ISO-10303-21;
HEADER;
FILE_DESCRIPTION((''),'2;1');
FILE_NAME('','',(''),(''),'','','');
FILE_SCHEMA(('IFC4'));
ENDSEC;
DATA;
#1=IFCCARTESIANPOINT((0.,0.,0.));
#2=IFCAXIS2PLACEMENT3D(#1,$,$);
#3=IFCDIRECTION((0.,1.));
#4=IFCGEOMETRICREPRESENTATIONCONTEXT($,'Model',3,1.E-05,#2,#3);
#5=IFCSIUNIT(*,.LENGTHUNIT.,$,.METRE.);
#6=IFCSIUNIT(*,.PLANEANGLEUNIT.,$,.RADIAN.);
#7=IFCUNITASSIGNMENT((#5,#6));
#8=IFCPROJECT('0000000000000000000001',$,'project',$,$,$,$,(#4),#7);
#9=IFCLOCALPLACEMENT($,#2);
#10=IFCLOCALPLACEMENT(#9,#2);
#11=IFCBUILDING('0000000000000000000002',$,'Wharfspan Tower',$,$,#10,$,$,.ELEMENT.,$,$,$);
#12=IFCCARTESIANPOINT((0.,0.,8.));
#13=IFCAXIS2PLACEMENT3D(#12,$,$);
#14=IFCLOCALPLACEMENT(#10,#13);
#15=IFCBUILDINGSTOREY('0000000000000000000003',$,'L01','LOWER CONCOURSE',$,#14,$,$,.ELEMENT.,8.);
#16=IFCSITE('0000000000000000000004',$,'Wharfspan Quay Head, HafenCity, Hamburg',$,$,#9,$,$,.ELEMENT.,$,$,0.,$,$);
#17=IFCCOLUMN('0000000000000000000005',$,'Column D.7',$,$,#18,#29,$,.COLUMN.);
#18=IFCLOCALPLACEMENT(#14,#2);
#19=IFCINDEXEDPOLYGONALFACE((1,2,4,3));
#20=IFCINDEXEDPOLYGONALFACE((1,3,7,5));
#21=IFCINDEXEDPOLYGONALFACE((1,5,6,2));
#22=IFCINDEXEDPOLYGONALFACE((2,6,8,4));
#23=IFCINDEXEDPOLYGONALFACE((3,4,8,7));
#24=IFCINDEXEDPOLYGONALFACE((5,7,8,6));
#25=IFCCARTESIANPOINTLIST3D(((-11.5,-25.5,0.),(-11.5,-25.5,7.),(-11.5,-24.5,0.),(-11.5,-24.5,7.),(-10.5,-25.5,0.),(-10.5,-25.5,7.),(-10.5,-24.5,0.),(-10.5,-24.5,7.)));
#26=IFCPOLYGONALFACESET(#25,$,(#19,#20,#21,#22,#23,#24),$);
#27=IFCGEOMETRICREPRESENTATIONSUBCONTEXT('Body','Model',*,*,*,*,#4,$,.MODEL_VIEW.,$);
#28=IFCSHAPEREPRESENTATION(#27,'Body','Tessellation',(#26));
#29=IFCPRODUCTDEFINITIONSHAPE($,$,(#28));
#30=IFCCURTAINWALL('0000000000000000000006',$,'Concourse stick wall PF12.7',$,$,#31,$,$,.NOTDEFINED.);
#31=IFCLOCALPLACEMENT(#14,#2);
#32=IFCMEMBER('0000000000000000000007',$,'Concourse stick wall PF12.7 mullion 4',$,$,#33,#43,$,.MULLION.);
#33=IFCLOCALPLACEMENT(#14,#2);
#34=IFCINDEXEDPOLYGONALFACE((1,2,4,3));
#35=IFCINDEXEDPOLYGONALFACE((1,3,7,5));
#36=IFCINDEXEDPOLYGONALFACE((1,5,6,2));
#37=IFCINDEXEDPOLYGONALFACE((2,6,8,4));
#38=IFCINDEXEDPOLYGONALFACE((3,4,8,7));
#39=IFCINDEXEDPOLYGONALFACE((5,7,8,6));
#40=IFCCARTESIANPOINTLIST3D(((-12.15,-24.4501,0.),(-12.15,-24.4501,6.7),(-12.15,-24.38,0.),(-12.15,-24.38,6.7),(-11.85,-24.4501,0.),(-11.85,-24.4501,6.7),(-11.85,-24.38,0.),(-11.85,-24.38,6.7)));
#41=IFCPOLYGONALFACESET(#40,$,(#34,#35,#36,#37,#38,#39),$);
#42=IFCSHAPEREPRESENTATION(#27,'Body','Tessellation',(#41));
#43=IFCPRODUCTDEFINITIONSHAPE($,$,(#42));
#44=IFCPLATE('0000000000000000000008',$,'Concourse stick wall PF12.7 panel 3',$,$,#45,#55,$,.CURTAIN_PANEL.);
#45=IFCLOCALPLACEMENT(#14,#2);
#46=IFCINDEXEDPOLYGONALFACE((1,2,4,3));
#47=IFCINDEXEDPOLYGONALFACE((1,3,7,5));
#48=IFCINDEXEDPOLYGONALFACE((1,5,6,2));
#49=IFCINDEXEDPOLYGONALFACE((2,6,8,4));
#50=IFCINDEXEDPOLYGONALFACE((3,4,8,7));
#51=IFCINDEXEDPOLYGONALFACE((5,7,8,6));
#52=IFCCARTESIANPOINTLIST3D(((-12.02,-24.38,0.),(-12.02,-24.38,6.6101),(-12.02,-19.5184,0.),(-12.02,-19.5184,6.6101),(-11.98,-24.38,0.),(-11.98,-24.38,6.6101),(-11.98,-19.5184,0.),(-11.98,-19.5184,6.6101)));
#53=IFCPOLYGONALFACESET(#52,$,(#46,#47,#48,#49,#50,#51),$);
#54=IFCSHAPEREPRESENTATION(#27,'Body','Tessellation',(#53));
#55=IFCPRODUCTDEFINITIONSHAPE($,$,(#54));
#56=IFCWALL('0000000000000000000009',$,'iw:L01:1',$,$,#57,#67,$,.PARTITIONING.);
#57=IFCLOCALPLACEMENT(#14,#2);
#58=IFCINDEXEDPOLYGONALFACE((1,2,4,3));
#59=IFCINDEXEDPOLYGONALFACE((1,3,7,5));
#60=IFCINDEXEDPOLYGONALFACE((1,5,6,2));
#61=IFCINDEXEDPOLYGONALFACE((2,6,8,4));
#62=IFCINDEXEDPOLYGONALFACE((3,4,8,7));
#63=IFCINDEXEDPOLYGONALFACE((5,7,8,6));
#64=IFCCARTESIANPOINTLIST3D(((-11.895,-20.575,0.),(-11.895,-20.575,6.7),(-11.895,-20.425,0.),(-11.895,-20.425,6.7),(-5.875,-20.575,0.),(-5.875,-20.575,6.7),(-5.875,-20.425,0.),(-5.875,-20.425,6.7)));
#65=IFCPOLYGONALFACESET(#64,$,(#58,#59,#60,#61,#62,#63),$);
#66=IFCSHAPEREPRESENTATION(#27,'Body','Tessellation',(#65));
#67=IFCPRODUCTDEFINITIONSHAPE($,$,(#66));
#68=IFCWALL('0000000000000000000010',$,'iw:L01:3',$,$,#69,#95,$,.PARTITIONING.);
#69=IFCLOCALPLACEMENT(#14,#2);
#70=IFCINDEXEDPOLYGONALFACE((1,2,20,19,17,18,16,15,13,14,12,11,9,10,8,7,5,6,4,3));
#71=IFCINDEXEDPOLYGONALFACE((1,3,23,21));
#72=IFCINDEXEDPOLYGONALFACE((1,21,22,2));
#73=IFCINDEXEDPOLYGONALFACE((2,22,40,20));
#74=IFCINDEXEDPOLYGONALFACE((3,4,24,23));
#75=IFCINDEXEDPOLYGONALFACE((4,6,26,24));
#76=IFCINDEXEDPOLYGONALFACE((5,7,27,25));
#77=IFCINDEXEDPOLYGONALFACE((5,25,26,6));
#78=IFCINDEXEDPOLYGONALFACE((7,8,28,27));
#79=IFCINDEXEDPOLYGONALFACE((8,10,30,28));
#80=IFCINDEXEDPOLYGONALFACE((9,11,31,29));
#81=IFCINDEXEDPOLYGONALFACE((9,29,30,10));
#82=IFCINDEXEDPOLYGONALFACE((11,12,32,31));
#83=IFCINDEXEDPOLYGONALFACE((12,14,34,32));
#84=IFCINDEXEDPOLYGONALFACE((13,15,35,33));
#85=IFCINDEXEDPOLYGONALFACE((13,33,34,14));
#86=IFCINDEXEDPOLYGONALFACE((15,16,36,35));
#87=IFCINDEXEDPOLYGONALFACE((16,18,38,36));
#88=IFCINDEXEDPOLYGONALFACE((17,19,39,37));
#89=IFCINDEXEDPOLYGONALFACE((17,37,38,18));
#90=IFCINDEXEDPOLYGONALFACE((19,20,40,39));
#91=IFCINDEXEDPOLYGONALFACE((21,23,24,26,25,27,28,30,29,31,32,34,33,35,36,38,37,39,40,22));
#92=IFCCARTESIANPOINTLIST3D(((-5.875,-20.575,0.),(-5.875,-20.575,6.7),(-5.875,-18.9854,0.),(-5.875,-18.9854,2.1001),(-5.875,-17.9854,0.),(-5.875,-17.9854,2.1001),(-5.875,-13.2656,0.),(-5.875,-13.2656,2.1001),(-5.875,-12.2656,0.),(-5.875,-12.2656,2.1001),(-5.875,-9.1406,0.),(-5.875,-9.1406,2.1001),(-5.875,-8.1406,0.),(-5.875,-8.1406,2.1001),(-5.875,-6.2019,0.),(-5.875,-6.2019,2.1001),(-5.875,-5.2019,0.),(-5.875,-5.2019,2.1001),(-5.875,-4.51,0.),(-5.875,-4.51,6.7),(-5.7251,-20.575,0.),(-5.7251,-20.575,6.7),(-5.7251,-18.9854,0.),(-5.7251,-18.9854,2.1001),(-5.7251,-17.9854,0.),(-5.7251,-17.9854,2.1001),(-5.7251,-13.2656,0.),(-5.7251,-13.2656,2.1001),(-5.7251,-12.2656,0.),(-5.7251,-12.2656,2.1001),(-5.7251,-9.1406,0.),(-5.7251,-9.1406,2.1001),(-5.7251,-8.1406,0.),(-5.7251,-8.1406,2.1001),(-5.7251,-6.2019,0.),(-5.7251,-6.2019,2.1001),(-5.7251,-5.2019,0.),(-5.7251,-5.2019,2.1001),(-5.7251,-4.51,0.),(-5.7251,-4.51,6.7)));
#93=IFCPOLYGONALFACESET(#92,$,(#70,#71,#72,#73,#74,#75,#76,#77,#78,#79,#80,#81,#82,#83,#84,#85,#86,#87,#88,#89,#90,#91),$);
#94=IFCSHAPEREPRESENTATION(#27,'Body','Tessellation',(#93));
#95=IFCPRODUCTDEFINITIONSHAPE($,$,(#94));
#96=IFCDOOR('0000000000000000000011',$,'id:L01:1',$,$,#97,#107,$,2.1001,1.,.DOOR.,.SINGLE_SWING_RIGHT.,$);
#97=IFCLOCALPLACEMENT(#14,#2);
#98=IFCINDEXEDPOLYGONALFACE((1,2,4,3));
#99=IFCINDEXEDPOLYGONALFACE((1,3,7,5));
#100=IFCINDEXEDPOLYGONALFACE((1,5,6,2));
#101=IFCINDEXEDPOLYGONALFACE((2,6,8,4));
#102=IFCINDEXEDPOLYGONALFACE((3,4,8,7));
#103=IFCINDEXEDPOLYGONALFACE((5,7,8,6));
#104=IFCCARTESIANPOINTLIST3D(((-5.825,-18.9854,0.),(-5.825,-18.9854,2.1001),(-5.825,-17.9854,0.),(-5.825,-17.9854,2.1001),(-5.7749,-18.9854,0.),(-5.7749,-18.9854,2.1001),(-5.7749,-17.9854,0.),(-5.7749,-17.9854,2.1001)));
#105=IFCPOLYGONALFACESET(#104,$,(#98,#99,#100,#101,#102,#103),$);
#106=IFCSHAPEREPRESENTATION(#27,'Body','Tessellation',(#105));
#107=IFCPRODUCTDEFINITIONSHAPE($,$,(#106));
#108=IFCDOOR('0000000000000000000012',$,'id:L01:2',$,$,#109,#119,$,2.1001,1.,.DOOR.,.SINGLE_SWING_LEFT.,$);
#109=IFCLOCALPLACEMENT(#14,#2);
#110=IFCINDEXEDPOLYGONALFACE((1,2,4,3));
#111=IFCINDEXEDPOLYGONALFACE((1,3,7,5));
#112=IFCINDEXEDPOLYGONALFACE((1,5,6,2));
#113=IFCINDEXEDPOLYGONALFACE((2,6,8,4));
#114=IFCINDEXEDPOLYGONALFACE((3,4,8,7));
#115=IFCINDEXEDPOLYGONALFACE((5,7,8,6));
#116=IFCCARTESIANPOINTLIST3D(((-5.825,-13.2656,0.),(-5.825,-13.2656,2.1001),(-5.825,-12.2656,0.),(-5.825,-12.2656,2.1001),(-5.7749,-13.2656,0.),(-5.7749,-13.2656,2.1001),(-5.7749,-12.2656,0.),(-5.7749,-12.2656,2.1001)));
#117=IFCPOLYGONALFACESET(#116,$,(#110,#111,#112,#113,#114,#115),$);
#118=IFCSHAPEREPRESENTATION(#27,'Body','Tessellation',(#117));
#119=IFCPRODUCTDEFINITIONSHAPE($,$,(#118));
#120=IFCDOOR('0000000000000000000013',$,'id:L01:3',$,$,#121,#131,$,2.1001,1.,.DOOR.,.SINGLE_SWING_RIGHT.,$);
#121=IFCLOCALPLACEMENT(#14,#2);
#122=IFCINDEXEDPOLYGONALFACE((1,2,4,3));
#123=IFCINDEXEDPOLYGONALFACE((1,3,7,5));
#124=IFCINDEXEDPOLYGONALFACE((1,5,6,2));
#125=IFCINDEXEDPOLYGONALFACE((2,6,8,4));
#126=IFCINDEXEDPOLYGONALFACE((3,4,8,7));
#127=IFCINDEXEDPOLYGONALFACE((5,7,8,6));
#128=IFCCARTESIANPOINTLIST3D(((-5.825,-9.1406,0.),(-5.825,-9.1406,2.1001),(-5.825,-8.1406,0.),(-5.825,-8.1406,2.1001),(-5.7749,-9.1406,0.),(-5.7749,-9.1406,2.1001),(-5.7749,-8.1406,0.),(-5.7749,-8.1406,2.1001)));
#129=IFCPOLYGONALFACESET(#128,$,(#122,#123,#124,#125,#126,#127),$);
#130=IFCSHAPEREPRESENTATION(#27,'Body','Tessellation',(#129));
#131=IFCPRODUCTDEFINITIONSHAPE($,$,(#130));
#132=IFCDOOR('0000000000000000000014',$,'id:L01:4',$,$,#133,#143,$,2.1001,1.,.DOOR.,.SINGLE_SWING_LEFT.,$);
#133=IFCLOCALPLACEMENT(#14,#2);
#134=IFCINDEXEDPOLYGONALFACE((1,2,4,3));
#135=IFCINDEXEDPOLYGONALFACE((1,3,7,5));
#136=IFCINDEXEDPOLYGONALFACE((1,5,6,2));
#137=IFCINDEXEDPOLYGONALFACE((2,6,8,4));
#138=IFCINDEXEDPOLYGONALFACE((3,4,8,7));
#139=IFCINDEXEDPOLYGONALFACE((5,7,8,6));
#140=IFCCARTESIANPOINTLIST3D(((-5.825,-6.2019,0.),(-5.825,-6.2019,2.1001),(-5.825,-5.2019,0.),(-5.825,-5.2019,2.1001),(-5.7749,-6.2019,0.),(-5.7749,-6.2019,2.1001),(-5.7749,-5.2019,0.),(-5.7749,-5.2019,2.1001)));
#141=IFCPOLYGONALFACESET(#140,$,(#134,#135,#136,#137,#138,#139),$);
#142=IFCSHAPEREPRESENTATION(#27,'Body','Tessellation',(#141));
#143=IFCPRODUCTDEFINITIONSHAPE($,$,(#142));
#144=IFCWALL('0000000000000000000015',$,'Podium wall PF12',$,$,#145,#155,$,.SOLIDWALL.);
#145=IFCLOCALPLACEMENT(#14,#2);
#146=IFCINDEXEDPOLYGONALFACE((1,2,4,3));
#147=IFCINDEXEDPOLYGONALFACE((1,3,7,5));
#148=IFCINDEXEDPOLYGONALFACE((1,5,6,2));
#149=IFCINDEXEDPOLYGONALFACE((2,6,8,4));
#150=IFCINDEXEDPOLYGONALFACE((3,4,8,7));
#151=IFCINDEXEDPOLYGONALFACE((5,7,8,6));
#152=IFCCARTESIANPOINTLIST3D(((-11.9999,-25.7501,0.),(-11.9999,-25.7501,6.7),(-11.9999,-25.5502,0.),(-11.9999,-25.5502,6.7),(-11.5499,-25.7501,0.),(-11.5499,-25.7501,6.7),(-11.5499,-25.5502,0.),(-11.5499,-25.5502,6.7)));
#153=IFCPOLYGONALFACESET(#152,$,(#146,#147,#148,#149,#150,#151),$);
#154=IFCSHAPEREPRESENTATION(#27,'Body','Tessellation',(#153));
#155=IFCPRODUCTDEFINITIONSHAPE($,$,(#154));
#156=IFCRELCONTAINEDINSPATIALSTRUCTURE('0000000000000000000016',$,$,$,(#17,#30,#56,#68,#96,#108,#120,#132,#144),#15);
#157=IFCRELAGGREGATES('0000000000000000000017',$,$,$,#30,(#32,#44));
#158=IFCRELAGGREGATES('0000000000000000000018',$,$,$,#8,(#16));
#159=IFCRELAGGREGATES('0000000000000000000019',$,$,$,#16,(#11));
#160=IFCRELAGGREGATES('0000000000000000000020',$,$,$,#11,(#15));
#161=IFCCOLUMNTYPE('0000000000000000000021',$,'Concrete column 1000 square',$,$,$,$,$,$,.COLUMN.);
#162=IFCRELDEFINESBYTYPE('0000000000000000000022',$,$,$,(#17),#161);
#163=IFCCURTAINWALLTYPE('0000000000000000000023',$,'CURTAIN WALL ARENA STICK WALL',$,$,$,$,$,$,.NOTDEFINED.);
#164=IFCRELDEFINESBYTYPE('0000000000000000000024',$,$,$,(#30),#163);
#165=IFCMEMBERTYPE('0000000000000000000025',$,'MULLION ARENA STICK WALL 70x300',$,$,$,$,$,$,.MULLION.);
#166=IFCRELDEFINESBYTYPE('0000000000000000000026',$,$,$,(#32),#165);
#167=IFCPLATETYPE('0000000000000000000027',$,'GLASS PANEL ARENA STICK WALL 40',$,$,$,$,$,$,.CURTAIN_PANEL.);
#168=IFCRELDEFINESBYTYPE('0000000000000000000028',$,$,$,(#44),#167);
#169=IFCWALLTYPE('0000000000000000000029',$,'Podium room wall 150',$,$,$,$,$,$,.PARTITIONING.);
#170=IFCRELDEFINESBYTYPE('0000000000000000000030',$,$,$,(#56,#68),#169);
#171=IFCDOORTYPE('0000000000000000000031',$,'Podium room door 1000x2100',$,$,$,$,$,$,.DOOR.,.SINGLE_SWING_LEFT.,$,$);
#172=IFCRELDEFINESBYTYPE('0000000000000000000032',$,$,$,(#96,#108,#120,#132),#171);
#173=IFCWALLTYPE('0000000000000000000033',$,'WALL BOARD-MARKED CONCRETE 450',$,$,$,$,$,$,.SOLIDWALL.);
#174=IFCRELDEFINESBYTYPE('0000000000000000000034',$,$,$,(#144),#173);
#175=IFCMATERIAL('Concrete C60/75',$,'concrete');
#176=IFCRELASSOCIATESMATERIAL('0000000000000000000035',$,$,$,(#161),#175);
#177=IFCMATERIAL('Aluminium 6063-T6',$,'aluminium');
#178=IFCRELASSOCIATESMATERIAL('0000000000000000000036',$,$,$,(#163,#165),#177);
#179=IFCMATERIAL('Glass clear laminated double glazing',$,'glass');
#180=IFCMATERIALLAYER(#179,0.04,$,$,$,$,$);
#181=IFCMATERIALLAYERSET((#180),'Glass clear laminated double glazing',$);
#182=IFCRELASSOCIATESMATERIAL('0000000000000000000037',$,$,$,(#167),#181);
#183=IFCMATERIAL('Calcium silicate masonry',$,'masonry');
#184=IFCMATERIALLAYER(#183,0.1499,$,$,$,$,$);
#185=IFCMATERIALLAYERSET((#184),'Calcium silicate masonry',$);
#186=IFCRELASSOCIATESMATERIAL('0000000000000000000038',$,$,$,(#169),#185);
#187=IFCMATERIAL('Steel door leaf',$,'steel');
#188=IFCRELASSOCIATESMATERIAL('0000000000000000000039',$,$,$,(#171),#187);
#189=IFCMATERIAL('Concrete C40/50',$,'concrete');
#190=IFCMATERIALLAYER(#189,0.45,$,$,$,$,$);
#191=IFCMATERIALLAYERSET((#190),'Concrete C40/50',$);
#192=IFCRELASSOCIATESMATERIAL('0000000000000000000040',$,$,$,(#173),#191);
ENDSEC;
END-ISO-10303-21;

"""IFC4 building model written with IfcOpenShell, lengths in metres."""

from ifc_helpers import new_model, si_unit, direction, frame, frame_2d, origin, origin_2d, place, context, subcontext, project, spatial, rectangle, extrude, material, layer, layer_set, material_profile, profile_set, type_object, element, fill, aggregate, save


model = new_model("IFC4")

# Units and contexts
model_context = context("Model", 3, precision=1e-05, world=origin(), true_north=direction((0.0, 1.0)))
body_context = subcontext(model_context, "Body", "Model", "MODEL_VIEW")
ifc_project = project(units=[si_unit("LENGTHUNIT", "METRE"), si_unit("PLANEANGLEUNIT", "RADIAN")], contexts=[model_context])

# Site, building, storey
site_placement = place(None, origin())
site = spatial("IfcSite", under=ifc_project, at=site_placement, Name="Wharfspan Quay Head, HafenCity, Hamburg", CompositionType="ELEMENT", RefElevation=0.0)
building_placement = place(site_placement, origin())
building = spatial("IfcBuilding", under=site, at=building_placement, Name="Wharfspan Tower", CompositionType="ELEMENT")
storey_placement = place(building_placement, frame((0.0, 0.0, 8.0)))
storey = spatial("IfcBuildingStorey", under=building, at=storey_placement, Name="L01", Description="LOWER CONCOURSE", CompositionType="ELEMENT", Elevation=8.0)

# Column
ifc_material_1 = material(Name="Concrete C60/75", Category="concrete")
ifc_material_profile_1 = material_profile(ifc_material_1, rectangle(XDim=1.0, YDim=1.0, at=origin_2d()))
ifc_profile_set_1 = profile_set([ifc_material_profile_1], Name="Concrete C60/75")
column_type = type_object("IfcColumnType", Name="Concrete column 1000 square", PredefinedType="COLUMN", material=ifc_profile_set_1)
column_placement = place(storey_placement, frame((-11.0, -25.0, 0.0), z_axis=(0.0, 0.0, 1.0), x_axis=(1.0, 0.0, 0.0)))
element("IfcColumn", 1, at=column_placement, inside=storey, type_object=column_type, Name="Column D.7", PredefinedType="COLUMN", context=body_context, shape_type="SweptSolid", body=[
    extrude(rectangle(XDim=1.0, YDim=1.0, at=origin_2d()), origin(), (0.0, 0.0, 1.0), 7.0),
])

# Curtain wall, member, plate
ifc_material_2 = material(Name="Aluminium 6063-T6", Category="aluminium")
curtain_wall_type = type_object("IfcCurtainWallType", Name="CURTAIN WALL ARENA STICK WALL", PredefinedType="NOTDEFINED", material=ifc_material_2)
curtain_wall_placement = place(storey_placement, origin())
curtain_wall = element("IfcCurtainWall", 2, at=curtain_wall_placement, inside=storey, type_object=curtain_wall_type, Name="Concourse stick wall PF12.7", PredefinedType="NOTDEFINED")
ifc_material_profile_2 = material_profile(ifc_material_2, rectangle(XDim=0.3, YDim=0.0701, at=origin_2d()))
ifc_profile_set_2 = profile_set([ifc_material_profile_2], Name="Aluminium 6063-T6")
member_type = type_object("IfcMemberType", Name="MULLION ARENA STICK WALL 70x300", PredefinedType="MULLION", material=ifc_profile_set_2)
member_placement = place(storey_placement, frame((-12.0, -24.415, 0.0), z_axis=(0.0, 0.0, 1.0), x_axis=(1.0, 0.0, 0.0)))
member = element("IfcMember", 3, at=member_placement, type_object=member_type, Name="Concourse stick wall PF12.7 mullion 4", PredefinedType="MULLION", context=body_context, shape_type="SweptSolid", body=[
    extrude(rectangle(XDim=0.3, YDim=0.0701, at=origin_2d()), origin(), (0.0, 0.0, 1.0), 6.7),
])
ifc_material_3 = material(Name="Glass clear laminated double glazing", Category="glass")
ifc_layer_1 = layer(ifc_material_3, 0.04)
ifc_layer_set_1 = layer_set([ifc_layer_1], Name="Glass clear laminated double glazing")
plate_type = type_object("IfcPlateType", Name="GLASS PANEL ARENA STICK WALL 40", PredefinedType="CURTAIN_PANEL", material=ifc_layer_set_1)
plate_placement = place(storey_placement, frame((-12.0, -21.9492, 0.0), z_axis=(0.0, 0.0, 1.0), x_axis=(0.0, -1.0, 0.0)))
plate = element("IfcPlate", 4, at=plate_placement, type_object=plate_type, Name="Concourse stick wall PF12.7 panel 3", PredefinedType="CURTAIN_PANEL", context=body_context, shape_type="SweptSolid", body=[
    extrude(rectangle(XDim=4.8616, YDim=0.04, at=origin_2d()), origin(), (0.0, 0.0, 1.0), 6.6101),
])
aggregate(curtain_wall, [member, plate])

# Wall
ifc_material_4 = material(Name="Calcium silicate masonry", Category="masonry")
ifc_layer_2 = layer(ifc_material_4, 0.1499)
ifc_layer_set_2 = layer_set([ifc_layer_2], Name="Calcium silicate masonry")
wall_type_1 = type_object("IfcWallType", Name="Podium room wall 150", PredefinedType="PARTITIONING", material=ifc_layer_set_2)
wall_1_placement = place(storey_placement, frame((-11.895, -20.5, 0.0), z_axis=(0.0, 0.0, 1.0), x_axis=(1.0, 0.0, 0.0)))
element("IfcWall", 5, at=wall_1_placement, inside=storey, type_object=wall_type_1, Name="iw:L01:1", PredefinedType="PARTITIONING", context=body_context, shape_type="SweptSolid", body=[
    extrude(rectangle(XDim=6.02, YDim=0.1499, at=frame_2d((3.01, 0.0))), origin(), (0.0, 0.0, 1.0), 6.7),
])

# Wall, openings, doors
wall_2_placement = place(storey_placement, frame((-5.8, -20.575, 0.0), z_axis=(0.0, 0.0, 1.0), x_axis=(0.0, 1.0, 0.0)))
wall_2 = element("IfcWall", 6, at=wall_2_placement, inside=storey, type_object=wall_type_1, Name="iw:L01:3", PredefinedType="PARTITIONING", context=body_context, shape_type="SweptSolid", body=[
    extrude(rectangle(XDim=16.0649, YDim=0.1499, at=frame_2d((8.0325, 0.0))), origin(), (0.0, 0.0, 1.0), 6.7),
])
opening_1_placement = place(wall_2_placement, frame((1.5896, 0.0, 0.0)))
opening_1 = element("IfcOpeningElement", 7, at=opening_1_placement, cuts=wall_2, PredefinedType="OPENING", context=body_context, shape_type="SweptSolid", body=[
    extrude(rectangle(XDim=1.0, YDim=2.1001, at=frame_2d((0.5, 1.05))), frame((0.0, 0.085, 0.0), z_axis=(0.0, -1.0, 0.0), x_axis=(1.0, 0.0, 0.0)), (0.0, 0.0, 1.0), 0.1699),
])
opening_2_placement = place(wall_2_placement, frame((7.3093, 0.0, 0.0)))
opening_2 = element("IfcOpeningElement", 8, at=opening_2_placement, cuts=wall_2, PredefinedType="OPENING", context=body_context, shape_type="SweptSolid", body=[
    extrude(rectangle(XDim=1.0, YDim=2.1001, at=frame_2d((0.5, 1.05))), frame((0.0, 0.085, 0.0), z_axis=(0.0, -1.0, 0.0), x_axis=(1.0, 0.0, 0.0)), (0.0, 0.0, 1.0), 0.1699),
])
opening_3_placement = place(wall_2_placement, frame((11.4343, 0.0, 0.0)))
opening_3 = element("IfcOpeningElement", 9, at=opening_3_placement, cuts=wall_2, PredefinedType="OPENING", context=body_context, shape_type="SweptSolid", body=[
    extrude(rectangle(XDim=1.0, YDim=2.1001, at=frame_2d((0.5, 1.05))), frame((0.0, 0.085, 0.0), z_axis=(0.0, -1.0, 0.0), x_axis=(1.0, 0.0, 0.0)), (0.0, 0.0, 1.0), 0.1699),
])
opening_4_placement = place(wall_2_placement, frame((14.373, 0.0, 0.0)))
opening_4 = element("IfcOpeningElement", 10, at=opening_4_placement, cuts=wall_2, PredefinedType="OPENING", context=body_context, shape_type="SweptSolid", body=[
    extrude(rectangle(XDim=1.0, YDim=2.1001, at=frame_2d((0.5, 1.05))), frame((0.0, 0.085, 0.0), z_axis=(0.0, -1.0, 0.0), x_axis=(1.0, 0.0, 0.0)), (0.0, 0.0, 1.0), 0.1699),
])
ifc_material_5 = material(Name="Steel door leaf", Category="steel")
door_type = type_object("IfcDoorType", Name="Podium room door 1000x2100", OperationType="SINGLE_SWING_LEFT", PredefinedType="DOOR", material=ifc_material_5)
door_1_placement = place(opening_1_placement, origin())
door_1 = element("IfcDoor", 11, at=door_1_placement, inside=storey, type_object=door_type, Name="id:L01:1", OperationType="SINGLE_SWING_RIGHT", OverallHeight=2.1001, OverallWidth=1.0, PredefinedType="DOOR", context=body_context, shape_type="SweptSolid", body=[
    extrude(rectangle(XDim=1.0, YDim=2.1001, at=frame_2d((0.5, 1.05))), frame((0.0, 0.0249, 0.0), z_axis=(0.0, -1.0, 0.0), x_axis=(1.0, 0.0, 0.0)), (0.0, 0.0, 1.0), 0.05),
])
fill(opening_1, door_1)
door_2_placement = place(opening_2_placement, origin())
door_2 = element("IfcDoor", 12, at=door_2_placement, inside=storey, type_object=door_type, Name="id:L01:2", OperationType="SINGLE_SWING_LEFT", OverallHeight=2.1001, OverallWidth=1.0, PredefinedType="DOOR", context=body_context, shape_type="SweptSolid", body=[
    extrude(rectangle(XDim=1.0, YDim=2.1001, at=frame_2d((0.5, 1.05))), frame((0.0, 0.0249, 0.0), z_axis=(0.0, -1.0, 0.0), x_axis=(1.0, 0.0, 0.0)), (0.0, 0.0, 1.0), 0.05),
])
fill(opening_2, door_2)
door_3_placement = place(opening_3_placement, origin())
door_3 = element("IfcDoor", 13, at=door_3_placement, inside=storey, type_object=door_type, Name="id:L01:3", OperationType="SINGLE_SWING_RIGHT", OverallHeight=2.1001, OverallWidth=1.0, PredefinedType="DOOR", context=body_context, shape_type="SweptSolid", body=[
    extrude(rectangle(XDim=1.0, YDim=2.1001, at=frame_2d((0.5, 1.05))), frame((0.0, 0.0249, 0.0), z_axis=(0.0, -1.0, 0.0), x_axis=(1.0, 0.0, 0.0)), (0.0, 0.0, 1.0), 0.05),
])
fill(opening_3, door_3)
door_4_placement = place(opening_4_placement, origin())
door_4 = element("IfcDoor", 14, at=door_4_placement, inside=storey, type_object=door_type, Name="id:L01:4", OperationType="SINGLE_SWING_LEFT", OverallHeight=2.1001, OverallWidth=1.0, PredefinedType="DOOR", context=body_context, shape_type="SweptSolid", body=[
    extrude(rectangle(XDim=1.0, YDim=2.1001, at=frame_2d((0.5, 1.05))), frame((0.0, 0.0249, 0.0), z_axis=(0.0, -1.0, 0.0), x_axis=(1.0, 0.0, 0.0)), (0.0, 0.0, 1.0), 0.05),
])
fill(opening_4, door_4)

# Wall
ifc_material_6 = material(Name="Concrete C40/50", Category="concrete")
ifc_layer_3 = layer(ifc_material_6, 0.45)
ifc_layer_set_3 = layer_set([ifc_layer_3], Name="Concrete C40/50")
wall_type_2 = type_object("IfcWallType", Name="WALL BOARD-MARKED CONCRETE 450", PredefinedType="SOLIDWALL", material=ifc_layer_set_3)
wall_3_placement = place(storey_placement, frame((-11.7749, -25.55, 0.0), z_axis=(0.0, 0.0, 1.0), x_axis=(0.0, -1.0, 0.0)))
element("IfcWall", 15, at=wall_3_placement, inside=storey, type_object=wall_type_2, Name="Podium wall PF12", PredefinedType="SOLIDWALL", context=body_context, shape_type="SweptSolid", body=[
    extrude(rectangle(XDim=0.2, YDim=0.45, at=frame_2d((0.1001, 0.0))), origin(), (0.0, 0.0, 1.0), 6.7),
])

save(model, "model.ifc")
